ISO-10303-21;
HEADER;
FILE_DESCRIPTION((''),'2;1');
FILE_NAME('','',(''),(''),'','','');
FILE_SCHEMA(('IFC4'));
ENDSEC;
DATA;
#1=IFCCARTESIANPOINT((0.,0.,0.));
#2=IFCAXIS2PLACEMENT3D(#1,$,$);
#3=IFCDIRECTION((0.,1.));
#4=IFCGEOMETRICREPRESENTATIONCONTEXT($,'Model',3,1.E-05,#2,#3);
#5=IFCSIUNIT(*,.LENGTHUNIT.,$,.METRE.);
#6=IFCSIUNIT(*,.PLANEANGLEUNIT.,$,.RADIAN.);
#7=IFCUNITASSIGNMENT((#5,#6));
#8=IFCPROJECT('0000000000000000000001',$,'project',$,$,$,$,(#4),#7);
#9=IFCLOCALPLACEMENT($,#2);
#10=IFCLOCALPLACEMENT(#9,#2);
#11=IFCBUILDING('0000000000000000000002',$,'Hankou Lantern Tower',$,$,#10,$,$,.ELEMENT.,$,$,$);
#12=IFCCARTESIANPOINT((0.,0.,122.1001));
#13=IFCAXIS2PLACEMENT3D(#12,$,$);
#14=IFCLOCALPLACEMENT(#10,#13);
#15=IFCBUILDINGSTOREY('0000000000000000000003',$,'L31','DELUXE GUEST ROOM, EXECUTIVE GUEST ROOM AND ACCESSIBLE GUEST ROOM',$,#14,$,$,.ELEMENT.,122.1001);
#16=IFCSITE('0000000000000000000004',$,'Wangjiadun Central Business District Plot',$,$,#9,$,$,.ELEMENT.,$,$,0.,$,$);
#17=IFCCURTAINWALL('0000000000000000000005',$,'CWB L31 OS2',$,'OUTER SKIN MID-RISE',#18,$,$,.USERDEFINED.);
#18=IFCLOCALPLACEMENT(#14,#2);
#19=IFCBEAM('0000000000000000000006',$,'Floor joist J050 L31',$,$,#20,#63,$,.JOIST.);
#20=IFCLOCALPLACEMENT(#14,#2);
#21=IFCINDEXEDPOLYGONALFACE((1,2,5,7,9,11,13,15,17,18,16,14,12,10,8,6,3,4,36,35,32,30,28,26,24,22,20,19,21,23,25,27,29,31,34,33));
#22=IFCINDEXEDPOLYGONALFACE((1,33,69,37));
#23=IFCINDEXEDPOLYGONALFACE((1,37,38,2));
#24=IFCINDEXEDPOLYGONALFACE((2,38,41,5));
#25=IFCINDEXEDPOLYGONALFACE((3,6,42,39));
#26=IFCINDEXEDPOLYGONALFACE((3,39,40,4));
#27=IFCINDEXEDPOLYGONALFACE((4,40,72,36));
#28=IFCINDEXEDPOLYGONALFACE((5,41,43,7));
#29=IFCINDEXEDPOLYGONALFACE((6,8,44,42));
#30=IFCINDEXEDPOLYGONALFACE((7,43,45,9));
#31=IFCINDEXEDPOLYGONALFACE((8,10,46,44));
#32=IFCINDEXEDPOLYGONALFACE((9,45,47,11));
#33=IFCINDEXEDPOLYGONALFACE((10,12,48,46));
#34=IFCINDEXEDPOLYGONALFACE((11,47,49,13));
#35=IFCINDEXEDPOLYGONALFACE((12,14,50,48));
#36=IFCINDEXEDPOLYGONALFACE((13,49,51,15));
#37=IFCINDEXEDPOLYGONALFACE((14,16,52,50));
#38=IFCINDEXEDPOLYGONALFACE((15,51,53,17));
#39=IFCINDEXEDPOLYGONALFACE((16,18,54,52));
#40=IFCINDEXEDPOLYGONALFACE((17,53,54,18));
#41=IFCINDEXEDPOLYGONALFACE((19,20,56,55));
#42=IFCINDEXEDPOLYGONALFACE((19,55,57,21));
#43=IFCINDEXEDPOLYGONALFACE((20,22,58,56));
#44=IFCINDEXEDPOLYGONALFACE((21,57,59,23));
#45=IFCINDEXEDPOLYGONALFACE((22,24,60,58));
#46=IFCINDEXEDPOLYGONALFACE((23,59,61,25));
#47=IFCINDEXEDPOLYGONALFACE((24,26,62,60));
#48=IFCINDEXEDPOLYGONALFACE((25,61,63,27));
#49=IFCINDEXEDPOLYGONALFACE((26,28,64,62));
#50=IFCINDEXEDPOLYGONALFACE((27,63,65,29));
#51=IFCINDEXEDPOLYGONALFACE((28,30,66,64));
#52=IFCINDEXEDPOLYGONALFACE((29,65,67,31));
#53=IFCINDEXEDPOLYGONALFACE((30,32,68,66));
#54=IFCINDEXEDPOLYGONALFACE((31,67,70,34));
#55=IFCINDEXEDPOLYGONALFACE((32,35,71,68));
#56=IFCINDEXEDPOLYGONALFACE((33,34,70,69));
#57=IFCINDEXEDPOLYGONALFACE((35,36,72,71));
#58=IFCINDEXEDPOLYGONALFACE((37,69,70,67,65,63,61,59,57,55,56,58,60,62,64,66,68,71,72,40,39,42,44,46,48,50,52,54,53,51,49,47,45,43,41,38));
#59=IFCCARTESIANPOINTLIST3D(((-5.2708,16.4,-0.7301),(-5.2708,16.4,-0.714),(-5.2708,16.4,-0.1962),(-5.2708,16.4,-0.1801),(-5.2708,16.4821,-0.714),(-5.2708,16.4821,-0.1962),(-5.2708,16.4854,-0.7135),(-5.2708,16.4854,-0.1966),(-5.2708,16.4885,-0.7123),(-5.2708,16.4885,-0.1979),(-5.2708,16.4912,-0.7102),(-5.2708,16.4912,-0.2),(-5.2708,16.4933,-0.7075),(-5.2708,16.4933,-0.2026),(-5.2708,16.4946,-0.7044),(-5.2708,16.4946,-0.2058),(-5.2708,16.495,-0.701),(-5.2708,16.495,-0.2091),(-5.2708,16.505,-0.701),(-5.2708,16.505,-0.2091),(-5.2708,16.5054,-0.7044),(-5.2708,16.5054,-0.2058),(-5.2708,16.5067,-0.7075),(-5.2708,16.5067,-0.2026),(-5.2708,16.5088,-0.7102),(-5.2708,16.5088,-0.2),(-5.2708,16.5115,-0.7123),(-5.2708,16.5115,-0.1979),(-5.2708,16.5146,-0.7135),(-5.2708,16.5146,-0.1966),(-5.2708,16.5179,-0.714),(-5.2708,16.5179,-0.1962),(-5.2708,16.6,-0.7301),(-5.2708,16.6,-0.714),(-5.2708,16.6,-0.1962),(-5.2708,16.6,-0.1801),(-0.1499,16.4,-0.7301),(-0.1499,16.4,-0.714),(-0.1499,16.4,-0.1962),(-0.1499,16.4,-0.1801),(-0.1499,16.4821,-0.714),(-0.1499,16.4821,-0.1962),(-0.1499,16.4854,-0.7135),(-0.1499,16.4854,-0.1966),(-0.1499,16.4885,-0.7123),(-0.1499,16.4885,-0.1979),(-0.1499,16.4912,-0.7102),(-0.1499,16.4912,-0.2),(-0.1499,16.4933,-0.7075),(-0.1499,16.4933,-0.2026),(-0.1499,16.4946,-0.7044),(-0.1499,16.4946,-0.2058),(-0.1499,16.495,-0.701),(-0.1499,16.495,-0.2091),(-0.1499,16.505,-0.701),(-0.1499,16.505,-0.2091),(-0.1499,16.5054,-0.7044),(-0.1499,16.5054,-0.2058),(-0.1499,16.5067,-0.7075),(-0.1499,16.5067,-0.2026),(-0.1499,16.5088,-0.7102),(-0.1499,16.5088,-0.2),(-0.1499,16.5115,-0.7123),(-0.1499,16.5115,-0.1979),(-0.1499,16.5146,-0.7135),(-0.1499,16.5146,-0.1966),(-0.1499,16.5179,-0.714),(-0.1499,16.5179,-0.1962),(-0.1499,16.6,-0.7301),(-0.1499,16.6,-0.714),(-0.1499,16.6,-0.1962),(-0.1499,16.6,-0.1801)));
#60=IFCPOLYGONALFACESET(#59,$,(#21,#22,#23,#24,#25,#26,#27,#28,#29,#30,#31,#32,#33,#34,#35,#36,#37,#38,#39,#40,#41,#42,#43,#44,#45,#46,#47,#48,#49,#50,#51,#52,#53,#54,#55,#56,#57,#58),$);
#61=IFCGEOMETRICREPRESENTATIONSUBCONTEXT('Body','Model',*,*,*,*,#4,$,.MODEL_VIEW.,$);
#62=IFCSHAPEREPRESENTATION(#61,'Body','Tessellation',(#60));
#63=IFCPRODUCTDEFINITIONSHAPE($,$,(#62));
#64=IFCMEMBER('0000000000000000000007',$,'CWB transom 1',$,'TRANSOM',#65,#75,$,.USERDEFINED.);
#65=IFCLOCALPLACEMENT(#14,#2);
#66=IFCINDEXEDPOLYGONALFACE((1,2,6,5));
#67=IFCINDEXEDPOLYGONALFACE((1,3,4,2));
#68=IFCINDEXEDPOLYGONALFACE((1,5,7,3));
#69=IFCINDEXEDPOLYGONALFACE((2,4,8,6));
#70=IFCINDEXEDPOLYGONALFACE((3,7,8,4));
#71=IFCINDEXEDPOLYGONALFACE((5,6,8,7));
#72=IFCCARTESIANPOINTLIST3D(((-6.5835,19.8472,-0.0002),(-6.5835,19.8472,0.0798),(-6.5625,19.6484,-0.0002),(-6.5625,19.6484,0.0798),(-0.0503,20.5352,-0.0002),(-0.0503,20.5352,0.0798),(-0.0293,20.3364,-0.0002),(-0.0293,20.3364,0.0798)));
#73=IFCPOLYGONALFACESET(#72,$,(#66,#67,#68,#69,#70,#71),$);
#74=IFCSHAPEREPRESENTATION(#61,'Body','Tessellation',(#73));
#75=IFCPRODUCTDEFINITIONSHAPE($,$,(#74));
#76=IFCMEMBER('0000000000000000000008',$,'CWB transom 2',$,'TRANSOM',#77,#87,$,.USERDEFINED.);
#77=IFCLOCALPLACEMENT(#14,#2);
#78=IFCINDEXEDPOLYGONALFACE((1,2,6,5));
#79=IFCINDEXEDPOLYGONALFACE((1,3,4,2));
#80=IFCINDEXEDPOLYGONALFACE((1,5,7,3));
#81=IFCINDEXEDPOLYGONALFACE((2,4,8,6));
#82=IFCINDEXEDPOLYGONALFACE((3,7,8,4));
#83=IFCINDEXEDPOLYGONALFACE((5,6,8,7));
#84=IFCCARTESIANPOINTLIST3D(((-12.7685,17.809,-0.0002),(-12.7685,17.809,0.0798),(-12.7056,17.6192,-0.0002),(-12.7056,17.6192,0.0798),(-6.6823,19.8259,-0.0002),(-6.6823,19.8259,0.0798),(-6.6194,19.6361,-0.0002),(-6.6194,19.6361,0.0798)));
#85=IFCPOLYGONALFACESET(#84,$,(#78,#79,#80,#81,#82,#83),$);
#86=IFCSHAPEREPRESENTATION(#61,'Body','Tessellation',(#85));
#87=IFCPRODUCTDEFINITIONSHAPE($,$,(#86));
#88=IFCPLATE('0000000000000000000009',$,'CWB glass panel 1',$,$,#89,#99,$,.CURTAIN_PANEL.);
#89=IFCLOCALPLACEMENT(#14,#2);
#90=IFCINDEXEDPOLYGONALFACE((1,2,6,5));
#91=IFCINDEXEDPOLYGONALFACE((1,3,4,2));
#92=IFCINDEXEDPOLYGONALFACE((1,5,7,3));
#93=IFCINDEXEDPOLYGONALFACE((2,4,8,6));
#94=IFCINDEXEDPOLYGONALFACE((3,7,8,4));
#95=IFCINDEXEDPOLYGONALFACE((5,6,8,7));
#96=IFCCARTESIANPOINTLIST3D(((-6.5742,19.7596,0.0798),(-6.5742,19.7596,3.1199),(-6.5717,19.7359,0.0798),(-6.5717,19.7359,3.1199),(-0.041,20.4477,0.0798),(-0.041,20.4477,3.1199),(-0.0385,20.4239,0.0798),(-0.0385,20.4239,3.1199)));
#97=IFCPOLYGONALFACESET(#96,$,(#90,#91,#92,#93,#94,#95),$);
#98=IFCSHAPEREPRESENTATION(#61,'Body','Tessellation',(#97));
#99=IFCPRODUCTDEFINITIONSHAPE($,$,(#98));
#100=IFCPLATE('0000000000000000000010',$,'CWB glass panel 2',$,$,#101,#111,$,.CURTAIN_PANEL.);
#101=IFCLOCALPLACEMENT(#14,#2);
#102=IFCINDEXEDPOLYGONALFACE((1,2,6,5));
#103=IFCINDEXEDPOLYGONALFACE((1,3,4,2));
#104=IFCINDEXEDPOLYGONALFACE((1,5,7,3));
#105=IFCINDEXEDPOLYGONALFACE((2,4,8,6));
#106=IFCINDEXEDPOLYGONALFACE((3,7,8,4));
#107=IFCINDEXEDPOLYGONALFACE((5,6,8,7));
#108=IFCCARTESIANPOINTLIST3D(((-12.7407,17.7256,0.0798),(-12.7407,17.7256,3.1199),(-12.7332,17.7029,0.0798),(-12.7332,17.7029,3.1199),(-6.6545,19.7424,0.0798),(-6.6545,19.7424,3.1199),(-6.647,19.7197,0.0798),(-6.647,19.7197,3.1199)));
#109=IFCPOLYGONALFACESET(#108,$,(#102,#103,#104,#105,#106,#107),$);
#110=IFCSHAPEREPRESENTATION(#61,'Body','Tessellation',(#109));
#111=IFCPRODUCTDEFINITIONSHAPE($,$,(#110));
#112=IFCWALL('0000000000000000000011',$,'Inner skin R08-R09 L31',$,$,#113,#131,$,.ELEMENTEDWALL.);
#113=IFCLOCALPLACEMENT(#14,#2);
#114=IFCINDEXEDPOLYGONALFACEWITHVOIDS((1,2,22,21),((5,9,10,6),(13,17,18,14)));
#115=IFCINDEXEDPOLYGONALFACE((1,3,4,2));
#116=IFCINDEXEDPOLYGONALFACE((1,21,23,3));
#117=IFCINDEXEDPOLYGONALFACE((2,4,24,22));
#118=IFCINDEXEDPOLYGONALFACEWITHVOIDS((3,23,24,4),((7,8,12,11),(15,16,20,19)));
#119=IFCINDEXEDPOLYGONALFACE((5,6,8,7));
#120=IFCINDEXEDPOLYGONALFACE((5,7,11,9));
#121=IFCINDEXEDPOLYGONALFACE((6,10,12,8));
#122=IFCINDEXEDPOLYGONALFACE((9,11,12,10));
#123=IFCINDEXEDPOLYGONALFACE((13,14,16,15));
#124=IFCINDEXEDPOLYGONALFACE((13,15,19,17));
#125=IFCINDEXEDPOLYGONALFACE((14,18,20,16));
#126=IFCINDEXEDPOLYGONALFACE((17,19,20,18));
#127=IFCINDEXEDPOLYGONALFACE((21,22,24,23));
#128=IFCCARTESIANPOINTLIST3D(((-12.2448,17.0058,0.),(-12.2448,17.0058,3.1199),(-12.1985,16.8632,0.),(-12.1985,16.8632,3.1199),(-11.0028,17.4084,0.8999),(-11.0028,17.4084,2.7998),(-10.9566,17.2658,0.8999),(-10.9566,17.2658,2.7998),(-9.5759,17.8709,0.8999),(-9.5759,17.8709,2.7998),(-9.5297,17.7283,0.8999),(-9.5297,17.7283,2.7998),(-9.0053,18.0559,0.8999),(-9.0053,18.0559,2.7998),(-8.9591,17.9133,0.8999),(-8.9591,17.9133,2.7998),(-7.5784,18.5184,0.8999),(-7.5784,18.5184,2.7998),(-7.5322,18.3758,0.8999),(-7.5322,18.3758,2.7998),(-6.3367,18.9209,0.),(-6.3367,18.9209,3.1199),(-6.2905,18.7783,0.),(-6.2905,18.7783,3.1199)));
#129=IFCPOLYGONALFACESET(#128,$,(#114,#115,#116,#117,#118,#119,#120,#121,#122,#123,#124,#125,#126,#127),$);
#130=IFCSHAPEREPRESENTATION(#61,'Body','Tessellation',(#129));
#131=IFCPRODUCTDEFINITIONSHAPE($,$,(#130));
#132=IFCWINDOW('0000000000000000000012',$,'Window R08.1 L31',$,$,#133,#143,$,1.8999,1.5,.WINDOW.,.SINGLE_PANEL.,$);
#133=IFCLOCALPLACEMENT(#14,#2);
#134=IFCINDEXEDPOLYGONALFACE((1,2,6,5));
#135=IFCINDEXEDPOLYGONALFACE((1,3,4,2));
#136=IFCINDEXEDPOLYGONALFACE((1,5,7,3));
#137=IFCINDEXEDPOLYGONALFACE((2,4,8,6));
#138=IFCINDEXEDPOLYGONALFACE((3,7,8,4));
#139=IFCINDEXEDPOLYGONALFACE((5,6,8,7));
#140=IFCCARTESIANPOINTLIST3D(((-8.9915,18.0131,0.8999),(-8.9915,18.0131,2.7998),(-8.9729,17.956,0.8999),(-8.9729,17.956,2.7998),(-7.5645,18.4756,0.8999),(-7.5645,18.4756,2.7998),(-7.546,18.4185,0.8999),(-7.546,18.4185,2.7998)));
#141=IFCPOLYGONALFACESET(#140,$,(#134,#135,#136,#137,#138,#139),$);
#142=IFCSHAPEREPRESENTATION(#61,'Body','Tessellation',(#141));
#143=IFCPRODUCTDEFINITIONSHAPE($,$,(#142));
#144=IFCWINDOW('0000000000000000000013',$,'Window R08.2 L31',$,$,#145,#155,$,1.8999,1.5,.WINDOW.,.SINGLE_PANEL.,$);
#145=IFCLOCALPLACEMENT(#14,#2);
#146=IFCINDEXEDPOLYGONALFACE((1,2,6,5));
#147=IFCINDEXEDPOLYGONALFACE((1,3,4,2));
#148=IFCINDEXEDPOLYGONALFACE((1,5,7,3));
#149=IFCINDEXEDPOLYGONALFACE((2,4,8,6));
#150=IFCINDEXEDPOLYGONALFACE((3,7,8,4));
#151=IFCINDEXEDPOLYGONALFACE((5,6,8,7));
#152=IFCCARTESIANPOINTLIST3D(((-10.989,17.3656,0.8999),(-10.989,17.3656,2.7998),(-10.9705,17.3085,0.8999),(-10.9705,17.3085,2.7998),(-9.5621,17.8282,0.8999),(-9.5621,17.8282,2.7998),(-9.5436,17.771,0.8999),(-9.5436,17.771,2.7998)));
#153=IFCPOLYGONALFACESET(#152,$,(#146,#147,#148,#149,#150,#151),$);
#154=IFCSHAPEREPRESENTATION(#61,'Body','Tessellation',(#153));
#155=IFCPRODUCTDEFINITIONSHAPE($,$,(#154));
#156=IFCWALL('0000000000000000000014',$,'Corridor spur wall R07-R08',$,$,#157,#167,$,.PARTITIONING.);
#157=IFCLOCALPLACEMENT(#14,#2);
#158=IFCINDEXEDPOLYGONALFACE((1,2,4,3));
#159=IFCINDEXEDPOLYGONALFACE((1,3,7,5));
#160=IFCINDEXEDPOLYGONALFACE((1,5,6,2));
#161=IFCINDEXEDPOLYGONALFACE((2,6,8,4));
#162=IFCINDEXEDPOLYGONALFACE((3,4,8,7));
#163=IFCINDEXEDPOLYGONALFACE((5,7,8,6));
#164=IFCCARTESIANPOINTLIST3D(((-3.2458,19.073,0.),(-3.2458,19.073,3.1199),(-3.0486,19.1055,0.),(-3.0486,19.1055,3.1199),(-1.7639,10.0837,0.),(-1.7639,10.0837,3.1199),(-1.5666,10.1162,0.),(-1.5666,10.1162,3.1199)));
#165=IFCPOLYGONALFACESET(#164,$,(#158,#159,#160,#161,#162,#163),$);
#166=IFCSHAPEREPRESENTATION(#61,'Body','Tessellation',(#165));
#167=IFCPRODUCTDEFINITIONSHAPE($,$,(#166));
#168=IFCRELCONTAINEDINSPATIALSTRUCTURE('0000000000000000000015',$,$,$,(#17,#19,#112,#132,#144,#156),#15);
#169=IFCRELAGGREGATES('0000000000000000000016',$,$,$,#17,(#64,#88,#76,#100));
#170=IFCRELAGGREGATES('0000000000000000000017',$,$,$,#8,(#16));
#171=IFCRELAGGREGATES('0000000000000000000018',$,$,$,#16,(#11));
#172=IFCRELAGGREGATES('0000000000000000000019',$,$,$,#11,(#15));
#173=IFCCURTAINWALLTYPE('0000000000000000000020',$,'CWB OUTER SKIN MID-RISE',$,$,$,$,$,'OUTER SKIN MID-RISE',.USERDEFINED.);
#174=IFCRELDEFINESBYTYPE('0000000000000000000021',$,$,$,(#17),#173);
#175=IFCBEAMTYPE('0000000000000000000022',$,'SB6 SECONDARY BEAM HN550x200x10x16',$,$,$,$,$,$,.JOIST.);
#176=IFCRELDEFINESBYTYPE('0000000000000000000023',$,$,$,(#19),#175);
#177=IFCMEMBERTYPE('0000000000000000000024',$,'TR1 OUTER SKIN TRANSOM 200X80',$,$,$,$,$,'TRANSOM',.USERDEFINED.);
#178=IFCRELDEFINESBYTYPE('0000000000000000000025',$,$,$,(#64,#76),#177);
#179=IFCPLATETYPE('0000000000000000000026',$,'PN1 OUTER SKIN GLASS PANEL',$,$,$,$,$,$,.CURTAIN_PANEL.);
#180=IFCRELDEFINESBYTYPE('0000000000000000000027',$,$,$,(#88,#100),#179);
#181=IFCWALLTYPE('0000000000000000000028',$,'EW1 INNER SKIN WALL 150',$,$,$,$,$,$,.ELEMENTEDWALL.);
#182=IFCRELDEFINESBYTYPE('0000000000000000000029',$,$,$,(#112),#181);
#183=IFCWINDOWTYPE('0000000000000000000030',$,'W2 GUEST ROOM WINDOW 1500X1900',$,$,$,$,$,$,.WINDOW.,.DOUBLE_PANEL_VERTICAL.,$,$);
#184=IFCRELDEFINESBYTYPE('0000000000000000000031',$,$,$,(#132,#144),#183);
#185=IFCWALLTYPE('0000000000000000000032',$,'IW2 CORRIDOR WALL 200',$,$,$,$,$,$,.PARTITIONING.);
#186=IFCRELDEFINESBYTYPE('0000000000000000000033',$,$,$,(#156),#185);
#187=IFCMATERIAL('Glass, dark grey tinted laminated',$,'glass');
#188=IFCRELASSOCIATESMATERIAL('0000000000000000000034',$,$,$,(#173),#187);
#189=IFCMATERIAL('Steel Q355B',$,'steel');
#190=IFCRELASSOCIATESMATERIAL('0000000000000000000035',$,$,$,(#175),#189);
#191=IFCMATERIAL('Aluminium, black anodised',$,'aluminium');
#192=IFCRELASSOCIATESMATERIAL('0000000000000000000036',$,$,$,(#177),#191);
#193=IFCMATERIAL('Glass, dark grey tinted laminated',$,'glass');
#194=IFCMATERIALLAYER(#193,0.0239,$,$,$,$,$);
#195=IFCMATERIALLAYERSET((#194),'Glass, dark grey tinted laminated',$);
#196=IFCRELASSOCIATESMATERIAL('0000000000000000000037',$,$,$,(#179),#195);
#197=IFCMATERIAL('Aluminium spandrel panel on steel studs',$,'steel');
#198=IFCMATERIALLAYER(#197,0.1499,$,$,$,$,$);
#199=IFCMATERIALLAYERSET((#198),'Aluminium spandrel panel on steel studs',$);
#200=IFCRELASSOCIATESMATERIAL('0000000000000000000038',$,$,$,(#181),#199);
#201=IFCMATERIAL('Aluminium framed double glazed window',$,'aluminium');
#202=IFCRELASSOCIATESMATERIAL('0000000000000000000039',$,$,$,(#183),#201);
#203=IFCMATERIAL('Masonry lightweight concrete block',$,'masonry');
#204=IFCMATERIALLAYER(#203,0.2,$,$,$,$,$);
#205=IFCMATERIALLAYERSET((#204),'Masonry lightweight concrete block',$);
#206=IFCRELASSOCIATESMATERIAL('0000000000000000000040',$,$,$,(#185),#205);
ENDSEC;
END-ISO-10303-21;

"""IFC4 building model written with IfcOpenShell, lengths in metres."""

from ifc_helpers import new_model, si_unit, direction, frame, frame_2d, origin, origin_2d, place, context, subcontext, project, spatial, rectangle, i_section, extrude, material, layer, layer_set, material_profile, profile_set, type_object, element, fill, aggregate, save


model = new_model("IFC4")

# Units and contexts
model_context = context("Model", 3, precision=1e-05, world=origin(), true_north=direction((0.0, 1.0)))
body_context = subcontext(model_context, "Body", "Model", "MODEL_VIEW")
ifc_project = project(units=[si_unit("LENGTHUNIT", "METRE"), si_unit("PLANEANGLEUNIT", "RADIAN")], contexts=[model_context])

# Site, building, storey
site_placement = place(None, origin())
site = spatial("IfcSite", under=ifc_project, at=site_placement, Name="Wangjiadun Central Business District Plot", CompositionType="ELEMENT", RefElevation=0.0)
building_placement = place(site_placement, origin())
building = spatial("IfcBuilding", under=site, at=building_placement, Name="Hankou Lantern Tower", CompositionType="ELEMENT")
storey_placement = place(building_placement, frame((0.0, 0.0, 122.1001)))
storey = spatial("IfcBuildingStorey", under=building, at=storey_placement, Name="L31", Description="DELUXE GUEST ROOM, EXECUTIVE GUEST ROOM AND ACCESSIBLE GUEST ROOM", CompositionType="ELEMENT", Elevation=122.1001)

# Curtain wall
ifc_material_1 = material(Name="Glass, dark grey tinted laminated", Category="glass")
curtain_wall_type = type_object("IfcCurtainWallType", Name="CWB OUTER SKIN MID-RISE", ElementType="OUTER SKIN MID-RISE", PredefinedType="USERDEFINED", material=ifc_material_1)
curtain_wall_placement = place(storey_placement, origin())
curtain_wall = element("IfcCurtainWall", 1, at=curtain_wall_placement, inside=storey, type_object=curtain_wall_type, Name="CWB L31 OS2", ObjectType="OUTER SKIN MID-RISE", PredefinedType="USERDEFINED")

# Beam
ifc_material_2 = material(Name="Steel Q355B", Category="steel")
ifc_material_profile_1 = material_profile(ifc_material_2, i_section(OverallWidth=0.2, OverallDepth=0.55, WebThickness=0.01, FlangeThickness=0.0161, FilletRadius=0.0129, at=origin_2d()), Name="HN550x200x10x16")
ifc_profile_set_1 = profile_set([ifc_material_profile_1], Name="Steel Q355B")
beam_type_1 = type_object("IfcBeamType", Name="SB6 SECONDARY BEAM HN550x200x10x16", PredefinedType="JOIST", material=ifc_profile_set_1)
beam_1_placement = place(storey_placement, frame((-5.2708, 16.5, -0.4551), z_axis=(1.0, 0.0, 0.0), x_axis=(0.0, 1.0, 0.0)))
element("IfcBeam", 2, at=beam_1_placement, inside=storey, type_object=beam_type_1, Name="Floor joist J050 L31", PredefinedType="JOIST", context=body_context, shape_type="SweptSolid", body=[
    extrude(i_section(OverallWidth=0.2, OverallDepth=0.55, WebThickness=0.01, FlangeThickness=0.0161, FilletRadius=0.0129, at=origin_2d()), origin(), (0.0, 0.0, 1.0), 5.1208),
])

# Members
ifc_material_3 = material(Name="Aluminium, black anodised", Category="aluminium")
ifc_material_profile_2 = material_profile(ifc_material_3, rectangle(XDim=0.2, YDim=0.0801, at=origin_2d()), Name="TR1 200X80")
ifc_profile_set_2 = profile_set([ifc_material_profile_2], Name="Aluminium, black anodised")
member_type_1 = type_object("IfcMemberType", Name="TR1 OUTER SKIN TRANSOM 200X80", ElementType="TRANSOM", PredefinedType="USERDEFINED", material=ifc_profile_set_2)
member_1_placement = place(storey_placement, frame((-0.0398, 20.4358, 0.0398), z_axis=(-0.994501, -0.104727, 0.0), x_axis=(0.104727, -0.994501, 0.0)))
member_1 = element("IfcMember", 3, at=member_1_placement, type_object=member_type_1, Name="CWB transom 1", ObjectType="TRANSOM", PredefinedType="USERDEFINED", context=body_context, shape_type="SweptSolid", body=[
    extrude(rectangle(XDim=0.2, YDim=0.0801, at=origin_2d()), origin(), (0.0, 0.0, 1.0), 6.5693),
])
member_2_placement = place(storey_placement, frame((-6.6509, 19.731, 0.0398), z_axis=(-0.949238, -0.314559, 0.0), x_axis=(0.314559, -0.949238, 0.0)))
member_2 = element("IfcMember", 4, at=member_2_placement, type_object=member_type_1, Name="CWB transom 2", ObjectType="TRANSOM", PredefinedType="USERDEFINED", context=body_context, shape_type="SweptSolid", body=[
    extrude(rectangle(XDim=0.2, YDim=0.0801, at=origin_2d()), origin(), (0.0, 0.0, 1.0), 6.4116),
])

# Plates
ifc_material_4 = material(Name="Glass, dark grey tinted laminated", Category="glass")
ifc_layer_1 = layer(ifc_material_4, 0.0239)
ifc_layer_set_1 = layer_set([ifc_layer_1], Name="Glass, dark grey tinted laminated")
plate_type = type_object("IfcPlateType", Name="PN1 OUTER SKIN GLASS PANEL", PredefinedType="CURTAIN_PANEL", material=ifc_layer_set_1)
plate_1_placement = place(storey_placement, frame((-3.3064, 20.0918, 0.0798), z_axis=(0.0, 0.0, 1.0), x_axis=(-0.994499, -0.104743, 0.0)))
plate_1 = element("IfcPlate", 5, at=plate_1_placement, type_object=plate_type, Name="CWB glass panel 1", PredefinedType="CURTAIN_PANEL", context=body_context, shape_type="SweptSolid", body=[
    extrude(rectangle(XDim=6.5693, YDim=0.0239, at=origin_2d()), origin(), (0.0, 0.0, 1.0), 3.04),
])
plate_2_placement = place(storey_placement, frame((-9.6938, 18.7227, 0.0798), z_axis=(0.0, 0.0, 1.0), x_axis=(-0.949241, -0.314551, 0.0)))
plate_2 = element("IfcPlate", 6, at=plate_2_placement, type_object=plate_type, Name="CWB glass panel 2", PredefinedType="CURTAIN_PANEL", context=body_context, shape_type="SweptSolid", body=[
    extrude(rectangle(XDim=6.4116, YDim=0.0239, at=origin_2d()), origin(), (0.0, 0.0, 1.0), 3.04),
])
aggregate(curtain_wall, [member_1, plate_1, member_2, plate_2])

# Wall, openings, windows
ifc_material_5 = material(Name="Aluminium spandrel panel on steel studs", Category="steel")
ifc_layer_2 = layer(ifc_material_5, 0.1499)
ifc_layer_set_2 = layer_set([ifc_layer_2], Name="Aluminium spandrel panel on steel studs")
wall_type_1 = type_object("IfcWallType", Name="EW1 INNER SKIN WALL 150", PredefinedType="ELEMENTEDWALL", material=ifc_layer_set_2)
wall_1_placement = place(storey_placement, frame((-6.3135, 18.8496, 0.0), z_axis=(0.0, 0.0, 1.0), x_axis=(-0.951273, -0.308351, 0.0)))
wall_1 = element("IfcWall", 7, at=wall_1_placement, inside=storey, type_object=wall_type_1, Name="Inner skin R08-R09 L31", PredefinedType="ELEMENTEDWALL", context=body_context, shape_type="SweptSolid", body=[
    extrude(rectangle(XDim=6.2107, YDim=0.1499, at=frame_2d((3.1055, 0.0))), origin(), (0.0, 0.0, 1.0), 3.1199),
])
opening_1_placement = place(wall_1_placement, frame((1.3054, 0.0, 0.8999)))
opening_1 = element("IfcOpeningElement", 8, at=opening_1_placement, cuts=wall_1, PredefinedType="OPENING", context=body_context, shape_type="SweptSolid", body=[
    extrude(rectangle(XDim=1.5, YDim=1.8999, at=frame_2d((0.75, 0.95))), frame((0.0, 0.085, 0.0), z_axis=(0.0, -1.0, 0.0), x_axis=(1.0, 0.0, 0.0)), (0.0, 0.0, 1.0), 0.1699),
])
opening_2_placement = place(wall_1_placement, frame((3.4053, 0.0, 0.8999)))
opening_2 = element("IfcOpeningElement", 9, at=opening_2_placement, cuts=wall_1, PredefinedType="OPENING", context=body_context, shape_type="SweptSolid", body=[
    extrude(rectangle(XDim=1.5, YDim=1.8999, at=frame_2d((0.75, 0.95))), frame((0.0, 0.085, 0.0), z_axis=(0.0, -1.0, 0.0), x_axis=(1.0, 0.0, 0.0)), (0.0, 0.0, 1.0), 0.1699),
])
ifc_material_6 = material(Name="Aluminium framed double glazed window", Category="aluminium")
window_type = type_object("IfcWindowType", Name="W2 GUEST ROOM WINDOW 1500X1900", PartitioningType="DOUBLE_PANEL_VERTICAL", PredefinedType="WINDOW", material=ifc_material_6)
window_1_placement = place(opening_1_placement, origin())
window_1 = element("IfcWindow", 10, at=window_1_placement, inside=storey, type_object=window_type, Name="Window R08.1 L31", OverallHeight=1.8999, OverallWidth=1.5, PartitioningType="SINGLE_PANEL", PredefinedType="WINDOW", context=body_context, shape_type="SweptSolid", body=[
    extrude(rectangle(XDim=1.5, YDim=1.8999, at=frame_2d((0.75, 0.95))), frame((0.0, 0.03, 0.0), z_axis=(0.0, -1.0, 0.0), x_axis=(1.0, 0.0, 0.0)), (0.0, 0.0, 1.0), 0.0601),
])
fill(opening_1, window_1)
window_2_placement = place(opening_2_placement, origin())
window_2 = element("IfcWindow", 11, at=window_2_placement, inside=storey, type_object=window_type, Name="Window R08.2 L31", OverallHeight=1.8999, OverallWidth=1.5, PartitioningType="SINGLE_PANEL", PredefinedType="WINDOW", context=body_context, shape_type="SweptSolid", body=[
    extrude(rectangle(XDim=1.5, YDim=1.8999, at=frame_2d((0.75, 0.95))), frame((0.0, 0.03, 0.0), z_axis=(0.0, -1.0, 0.0), x_axis=(1.0, 0.0, 0.0)), (0.0, 0.0, 1.0), 0.0601),
])
fill(opening_2, window_2)

# Wall
ifc_material_7 = material(Name="Masonry lightweight concrete block", Category="masonry")
ifc_layer_3 = layer(ifc_material_7, 0.2)
ifc_layer_set_3 = layer_set([ifc_layer_3], Name="Masonry lightweight concrete block")
wall_type_2 = type_object("IfcWallType", Name="IW2 CORRIDOR WALL 200", PredefinedType="PARTITIONING", material=ifc_layer_set_3)
wall_2_placement = place(storey_placement, frame((-1.6653, 10.1001, 0.0), z_axis=(0.0, 0.0, 1.0), x_axis=(-0.162661, 0.986682, 0.0)))
element("IfcWall", 12, at=wall_2_placement, inside=storey, type_object=wall_type_2, Name="Corridor spur wall R07-R08", PredefinedType="PARTITIONING", context=body_context, shape_type="SweptSolid", body=[
    extrude(rectangle(XDim=9.1106, YDim=0.2, at=frame_2d((4.5552, 0.0))), origin(), (0.0, 0.0, 1.0), 3.1199),
])

save(model, "model.ifc")
